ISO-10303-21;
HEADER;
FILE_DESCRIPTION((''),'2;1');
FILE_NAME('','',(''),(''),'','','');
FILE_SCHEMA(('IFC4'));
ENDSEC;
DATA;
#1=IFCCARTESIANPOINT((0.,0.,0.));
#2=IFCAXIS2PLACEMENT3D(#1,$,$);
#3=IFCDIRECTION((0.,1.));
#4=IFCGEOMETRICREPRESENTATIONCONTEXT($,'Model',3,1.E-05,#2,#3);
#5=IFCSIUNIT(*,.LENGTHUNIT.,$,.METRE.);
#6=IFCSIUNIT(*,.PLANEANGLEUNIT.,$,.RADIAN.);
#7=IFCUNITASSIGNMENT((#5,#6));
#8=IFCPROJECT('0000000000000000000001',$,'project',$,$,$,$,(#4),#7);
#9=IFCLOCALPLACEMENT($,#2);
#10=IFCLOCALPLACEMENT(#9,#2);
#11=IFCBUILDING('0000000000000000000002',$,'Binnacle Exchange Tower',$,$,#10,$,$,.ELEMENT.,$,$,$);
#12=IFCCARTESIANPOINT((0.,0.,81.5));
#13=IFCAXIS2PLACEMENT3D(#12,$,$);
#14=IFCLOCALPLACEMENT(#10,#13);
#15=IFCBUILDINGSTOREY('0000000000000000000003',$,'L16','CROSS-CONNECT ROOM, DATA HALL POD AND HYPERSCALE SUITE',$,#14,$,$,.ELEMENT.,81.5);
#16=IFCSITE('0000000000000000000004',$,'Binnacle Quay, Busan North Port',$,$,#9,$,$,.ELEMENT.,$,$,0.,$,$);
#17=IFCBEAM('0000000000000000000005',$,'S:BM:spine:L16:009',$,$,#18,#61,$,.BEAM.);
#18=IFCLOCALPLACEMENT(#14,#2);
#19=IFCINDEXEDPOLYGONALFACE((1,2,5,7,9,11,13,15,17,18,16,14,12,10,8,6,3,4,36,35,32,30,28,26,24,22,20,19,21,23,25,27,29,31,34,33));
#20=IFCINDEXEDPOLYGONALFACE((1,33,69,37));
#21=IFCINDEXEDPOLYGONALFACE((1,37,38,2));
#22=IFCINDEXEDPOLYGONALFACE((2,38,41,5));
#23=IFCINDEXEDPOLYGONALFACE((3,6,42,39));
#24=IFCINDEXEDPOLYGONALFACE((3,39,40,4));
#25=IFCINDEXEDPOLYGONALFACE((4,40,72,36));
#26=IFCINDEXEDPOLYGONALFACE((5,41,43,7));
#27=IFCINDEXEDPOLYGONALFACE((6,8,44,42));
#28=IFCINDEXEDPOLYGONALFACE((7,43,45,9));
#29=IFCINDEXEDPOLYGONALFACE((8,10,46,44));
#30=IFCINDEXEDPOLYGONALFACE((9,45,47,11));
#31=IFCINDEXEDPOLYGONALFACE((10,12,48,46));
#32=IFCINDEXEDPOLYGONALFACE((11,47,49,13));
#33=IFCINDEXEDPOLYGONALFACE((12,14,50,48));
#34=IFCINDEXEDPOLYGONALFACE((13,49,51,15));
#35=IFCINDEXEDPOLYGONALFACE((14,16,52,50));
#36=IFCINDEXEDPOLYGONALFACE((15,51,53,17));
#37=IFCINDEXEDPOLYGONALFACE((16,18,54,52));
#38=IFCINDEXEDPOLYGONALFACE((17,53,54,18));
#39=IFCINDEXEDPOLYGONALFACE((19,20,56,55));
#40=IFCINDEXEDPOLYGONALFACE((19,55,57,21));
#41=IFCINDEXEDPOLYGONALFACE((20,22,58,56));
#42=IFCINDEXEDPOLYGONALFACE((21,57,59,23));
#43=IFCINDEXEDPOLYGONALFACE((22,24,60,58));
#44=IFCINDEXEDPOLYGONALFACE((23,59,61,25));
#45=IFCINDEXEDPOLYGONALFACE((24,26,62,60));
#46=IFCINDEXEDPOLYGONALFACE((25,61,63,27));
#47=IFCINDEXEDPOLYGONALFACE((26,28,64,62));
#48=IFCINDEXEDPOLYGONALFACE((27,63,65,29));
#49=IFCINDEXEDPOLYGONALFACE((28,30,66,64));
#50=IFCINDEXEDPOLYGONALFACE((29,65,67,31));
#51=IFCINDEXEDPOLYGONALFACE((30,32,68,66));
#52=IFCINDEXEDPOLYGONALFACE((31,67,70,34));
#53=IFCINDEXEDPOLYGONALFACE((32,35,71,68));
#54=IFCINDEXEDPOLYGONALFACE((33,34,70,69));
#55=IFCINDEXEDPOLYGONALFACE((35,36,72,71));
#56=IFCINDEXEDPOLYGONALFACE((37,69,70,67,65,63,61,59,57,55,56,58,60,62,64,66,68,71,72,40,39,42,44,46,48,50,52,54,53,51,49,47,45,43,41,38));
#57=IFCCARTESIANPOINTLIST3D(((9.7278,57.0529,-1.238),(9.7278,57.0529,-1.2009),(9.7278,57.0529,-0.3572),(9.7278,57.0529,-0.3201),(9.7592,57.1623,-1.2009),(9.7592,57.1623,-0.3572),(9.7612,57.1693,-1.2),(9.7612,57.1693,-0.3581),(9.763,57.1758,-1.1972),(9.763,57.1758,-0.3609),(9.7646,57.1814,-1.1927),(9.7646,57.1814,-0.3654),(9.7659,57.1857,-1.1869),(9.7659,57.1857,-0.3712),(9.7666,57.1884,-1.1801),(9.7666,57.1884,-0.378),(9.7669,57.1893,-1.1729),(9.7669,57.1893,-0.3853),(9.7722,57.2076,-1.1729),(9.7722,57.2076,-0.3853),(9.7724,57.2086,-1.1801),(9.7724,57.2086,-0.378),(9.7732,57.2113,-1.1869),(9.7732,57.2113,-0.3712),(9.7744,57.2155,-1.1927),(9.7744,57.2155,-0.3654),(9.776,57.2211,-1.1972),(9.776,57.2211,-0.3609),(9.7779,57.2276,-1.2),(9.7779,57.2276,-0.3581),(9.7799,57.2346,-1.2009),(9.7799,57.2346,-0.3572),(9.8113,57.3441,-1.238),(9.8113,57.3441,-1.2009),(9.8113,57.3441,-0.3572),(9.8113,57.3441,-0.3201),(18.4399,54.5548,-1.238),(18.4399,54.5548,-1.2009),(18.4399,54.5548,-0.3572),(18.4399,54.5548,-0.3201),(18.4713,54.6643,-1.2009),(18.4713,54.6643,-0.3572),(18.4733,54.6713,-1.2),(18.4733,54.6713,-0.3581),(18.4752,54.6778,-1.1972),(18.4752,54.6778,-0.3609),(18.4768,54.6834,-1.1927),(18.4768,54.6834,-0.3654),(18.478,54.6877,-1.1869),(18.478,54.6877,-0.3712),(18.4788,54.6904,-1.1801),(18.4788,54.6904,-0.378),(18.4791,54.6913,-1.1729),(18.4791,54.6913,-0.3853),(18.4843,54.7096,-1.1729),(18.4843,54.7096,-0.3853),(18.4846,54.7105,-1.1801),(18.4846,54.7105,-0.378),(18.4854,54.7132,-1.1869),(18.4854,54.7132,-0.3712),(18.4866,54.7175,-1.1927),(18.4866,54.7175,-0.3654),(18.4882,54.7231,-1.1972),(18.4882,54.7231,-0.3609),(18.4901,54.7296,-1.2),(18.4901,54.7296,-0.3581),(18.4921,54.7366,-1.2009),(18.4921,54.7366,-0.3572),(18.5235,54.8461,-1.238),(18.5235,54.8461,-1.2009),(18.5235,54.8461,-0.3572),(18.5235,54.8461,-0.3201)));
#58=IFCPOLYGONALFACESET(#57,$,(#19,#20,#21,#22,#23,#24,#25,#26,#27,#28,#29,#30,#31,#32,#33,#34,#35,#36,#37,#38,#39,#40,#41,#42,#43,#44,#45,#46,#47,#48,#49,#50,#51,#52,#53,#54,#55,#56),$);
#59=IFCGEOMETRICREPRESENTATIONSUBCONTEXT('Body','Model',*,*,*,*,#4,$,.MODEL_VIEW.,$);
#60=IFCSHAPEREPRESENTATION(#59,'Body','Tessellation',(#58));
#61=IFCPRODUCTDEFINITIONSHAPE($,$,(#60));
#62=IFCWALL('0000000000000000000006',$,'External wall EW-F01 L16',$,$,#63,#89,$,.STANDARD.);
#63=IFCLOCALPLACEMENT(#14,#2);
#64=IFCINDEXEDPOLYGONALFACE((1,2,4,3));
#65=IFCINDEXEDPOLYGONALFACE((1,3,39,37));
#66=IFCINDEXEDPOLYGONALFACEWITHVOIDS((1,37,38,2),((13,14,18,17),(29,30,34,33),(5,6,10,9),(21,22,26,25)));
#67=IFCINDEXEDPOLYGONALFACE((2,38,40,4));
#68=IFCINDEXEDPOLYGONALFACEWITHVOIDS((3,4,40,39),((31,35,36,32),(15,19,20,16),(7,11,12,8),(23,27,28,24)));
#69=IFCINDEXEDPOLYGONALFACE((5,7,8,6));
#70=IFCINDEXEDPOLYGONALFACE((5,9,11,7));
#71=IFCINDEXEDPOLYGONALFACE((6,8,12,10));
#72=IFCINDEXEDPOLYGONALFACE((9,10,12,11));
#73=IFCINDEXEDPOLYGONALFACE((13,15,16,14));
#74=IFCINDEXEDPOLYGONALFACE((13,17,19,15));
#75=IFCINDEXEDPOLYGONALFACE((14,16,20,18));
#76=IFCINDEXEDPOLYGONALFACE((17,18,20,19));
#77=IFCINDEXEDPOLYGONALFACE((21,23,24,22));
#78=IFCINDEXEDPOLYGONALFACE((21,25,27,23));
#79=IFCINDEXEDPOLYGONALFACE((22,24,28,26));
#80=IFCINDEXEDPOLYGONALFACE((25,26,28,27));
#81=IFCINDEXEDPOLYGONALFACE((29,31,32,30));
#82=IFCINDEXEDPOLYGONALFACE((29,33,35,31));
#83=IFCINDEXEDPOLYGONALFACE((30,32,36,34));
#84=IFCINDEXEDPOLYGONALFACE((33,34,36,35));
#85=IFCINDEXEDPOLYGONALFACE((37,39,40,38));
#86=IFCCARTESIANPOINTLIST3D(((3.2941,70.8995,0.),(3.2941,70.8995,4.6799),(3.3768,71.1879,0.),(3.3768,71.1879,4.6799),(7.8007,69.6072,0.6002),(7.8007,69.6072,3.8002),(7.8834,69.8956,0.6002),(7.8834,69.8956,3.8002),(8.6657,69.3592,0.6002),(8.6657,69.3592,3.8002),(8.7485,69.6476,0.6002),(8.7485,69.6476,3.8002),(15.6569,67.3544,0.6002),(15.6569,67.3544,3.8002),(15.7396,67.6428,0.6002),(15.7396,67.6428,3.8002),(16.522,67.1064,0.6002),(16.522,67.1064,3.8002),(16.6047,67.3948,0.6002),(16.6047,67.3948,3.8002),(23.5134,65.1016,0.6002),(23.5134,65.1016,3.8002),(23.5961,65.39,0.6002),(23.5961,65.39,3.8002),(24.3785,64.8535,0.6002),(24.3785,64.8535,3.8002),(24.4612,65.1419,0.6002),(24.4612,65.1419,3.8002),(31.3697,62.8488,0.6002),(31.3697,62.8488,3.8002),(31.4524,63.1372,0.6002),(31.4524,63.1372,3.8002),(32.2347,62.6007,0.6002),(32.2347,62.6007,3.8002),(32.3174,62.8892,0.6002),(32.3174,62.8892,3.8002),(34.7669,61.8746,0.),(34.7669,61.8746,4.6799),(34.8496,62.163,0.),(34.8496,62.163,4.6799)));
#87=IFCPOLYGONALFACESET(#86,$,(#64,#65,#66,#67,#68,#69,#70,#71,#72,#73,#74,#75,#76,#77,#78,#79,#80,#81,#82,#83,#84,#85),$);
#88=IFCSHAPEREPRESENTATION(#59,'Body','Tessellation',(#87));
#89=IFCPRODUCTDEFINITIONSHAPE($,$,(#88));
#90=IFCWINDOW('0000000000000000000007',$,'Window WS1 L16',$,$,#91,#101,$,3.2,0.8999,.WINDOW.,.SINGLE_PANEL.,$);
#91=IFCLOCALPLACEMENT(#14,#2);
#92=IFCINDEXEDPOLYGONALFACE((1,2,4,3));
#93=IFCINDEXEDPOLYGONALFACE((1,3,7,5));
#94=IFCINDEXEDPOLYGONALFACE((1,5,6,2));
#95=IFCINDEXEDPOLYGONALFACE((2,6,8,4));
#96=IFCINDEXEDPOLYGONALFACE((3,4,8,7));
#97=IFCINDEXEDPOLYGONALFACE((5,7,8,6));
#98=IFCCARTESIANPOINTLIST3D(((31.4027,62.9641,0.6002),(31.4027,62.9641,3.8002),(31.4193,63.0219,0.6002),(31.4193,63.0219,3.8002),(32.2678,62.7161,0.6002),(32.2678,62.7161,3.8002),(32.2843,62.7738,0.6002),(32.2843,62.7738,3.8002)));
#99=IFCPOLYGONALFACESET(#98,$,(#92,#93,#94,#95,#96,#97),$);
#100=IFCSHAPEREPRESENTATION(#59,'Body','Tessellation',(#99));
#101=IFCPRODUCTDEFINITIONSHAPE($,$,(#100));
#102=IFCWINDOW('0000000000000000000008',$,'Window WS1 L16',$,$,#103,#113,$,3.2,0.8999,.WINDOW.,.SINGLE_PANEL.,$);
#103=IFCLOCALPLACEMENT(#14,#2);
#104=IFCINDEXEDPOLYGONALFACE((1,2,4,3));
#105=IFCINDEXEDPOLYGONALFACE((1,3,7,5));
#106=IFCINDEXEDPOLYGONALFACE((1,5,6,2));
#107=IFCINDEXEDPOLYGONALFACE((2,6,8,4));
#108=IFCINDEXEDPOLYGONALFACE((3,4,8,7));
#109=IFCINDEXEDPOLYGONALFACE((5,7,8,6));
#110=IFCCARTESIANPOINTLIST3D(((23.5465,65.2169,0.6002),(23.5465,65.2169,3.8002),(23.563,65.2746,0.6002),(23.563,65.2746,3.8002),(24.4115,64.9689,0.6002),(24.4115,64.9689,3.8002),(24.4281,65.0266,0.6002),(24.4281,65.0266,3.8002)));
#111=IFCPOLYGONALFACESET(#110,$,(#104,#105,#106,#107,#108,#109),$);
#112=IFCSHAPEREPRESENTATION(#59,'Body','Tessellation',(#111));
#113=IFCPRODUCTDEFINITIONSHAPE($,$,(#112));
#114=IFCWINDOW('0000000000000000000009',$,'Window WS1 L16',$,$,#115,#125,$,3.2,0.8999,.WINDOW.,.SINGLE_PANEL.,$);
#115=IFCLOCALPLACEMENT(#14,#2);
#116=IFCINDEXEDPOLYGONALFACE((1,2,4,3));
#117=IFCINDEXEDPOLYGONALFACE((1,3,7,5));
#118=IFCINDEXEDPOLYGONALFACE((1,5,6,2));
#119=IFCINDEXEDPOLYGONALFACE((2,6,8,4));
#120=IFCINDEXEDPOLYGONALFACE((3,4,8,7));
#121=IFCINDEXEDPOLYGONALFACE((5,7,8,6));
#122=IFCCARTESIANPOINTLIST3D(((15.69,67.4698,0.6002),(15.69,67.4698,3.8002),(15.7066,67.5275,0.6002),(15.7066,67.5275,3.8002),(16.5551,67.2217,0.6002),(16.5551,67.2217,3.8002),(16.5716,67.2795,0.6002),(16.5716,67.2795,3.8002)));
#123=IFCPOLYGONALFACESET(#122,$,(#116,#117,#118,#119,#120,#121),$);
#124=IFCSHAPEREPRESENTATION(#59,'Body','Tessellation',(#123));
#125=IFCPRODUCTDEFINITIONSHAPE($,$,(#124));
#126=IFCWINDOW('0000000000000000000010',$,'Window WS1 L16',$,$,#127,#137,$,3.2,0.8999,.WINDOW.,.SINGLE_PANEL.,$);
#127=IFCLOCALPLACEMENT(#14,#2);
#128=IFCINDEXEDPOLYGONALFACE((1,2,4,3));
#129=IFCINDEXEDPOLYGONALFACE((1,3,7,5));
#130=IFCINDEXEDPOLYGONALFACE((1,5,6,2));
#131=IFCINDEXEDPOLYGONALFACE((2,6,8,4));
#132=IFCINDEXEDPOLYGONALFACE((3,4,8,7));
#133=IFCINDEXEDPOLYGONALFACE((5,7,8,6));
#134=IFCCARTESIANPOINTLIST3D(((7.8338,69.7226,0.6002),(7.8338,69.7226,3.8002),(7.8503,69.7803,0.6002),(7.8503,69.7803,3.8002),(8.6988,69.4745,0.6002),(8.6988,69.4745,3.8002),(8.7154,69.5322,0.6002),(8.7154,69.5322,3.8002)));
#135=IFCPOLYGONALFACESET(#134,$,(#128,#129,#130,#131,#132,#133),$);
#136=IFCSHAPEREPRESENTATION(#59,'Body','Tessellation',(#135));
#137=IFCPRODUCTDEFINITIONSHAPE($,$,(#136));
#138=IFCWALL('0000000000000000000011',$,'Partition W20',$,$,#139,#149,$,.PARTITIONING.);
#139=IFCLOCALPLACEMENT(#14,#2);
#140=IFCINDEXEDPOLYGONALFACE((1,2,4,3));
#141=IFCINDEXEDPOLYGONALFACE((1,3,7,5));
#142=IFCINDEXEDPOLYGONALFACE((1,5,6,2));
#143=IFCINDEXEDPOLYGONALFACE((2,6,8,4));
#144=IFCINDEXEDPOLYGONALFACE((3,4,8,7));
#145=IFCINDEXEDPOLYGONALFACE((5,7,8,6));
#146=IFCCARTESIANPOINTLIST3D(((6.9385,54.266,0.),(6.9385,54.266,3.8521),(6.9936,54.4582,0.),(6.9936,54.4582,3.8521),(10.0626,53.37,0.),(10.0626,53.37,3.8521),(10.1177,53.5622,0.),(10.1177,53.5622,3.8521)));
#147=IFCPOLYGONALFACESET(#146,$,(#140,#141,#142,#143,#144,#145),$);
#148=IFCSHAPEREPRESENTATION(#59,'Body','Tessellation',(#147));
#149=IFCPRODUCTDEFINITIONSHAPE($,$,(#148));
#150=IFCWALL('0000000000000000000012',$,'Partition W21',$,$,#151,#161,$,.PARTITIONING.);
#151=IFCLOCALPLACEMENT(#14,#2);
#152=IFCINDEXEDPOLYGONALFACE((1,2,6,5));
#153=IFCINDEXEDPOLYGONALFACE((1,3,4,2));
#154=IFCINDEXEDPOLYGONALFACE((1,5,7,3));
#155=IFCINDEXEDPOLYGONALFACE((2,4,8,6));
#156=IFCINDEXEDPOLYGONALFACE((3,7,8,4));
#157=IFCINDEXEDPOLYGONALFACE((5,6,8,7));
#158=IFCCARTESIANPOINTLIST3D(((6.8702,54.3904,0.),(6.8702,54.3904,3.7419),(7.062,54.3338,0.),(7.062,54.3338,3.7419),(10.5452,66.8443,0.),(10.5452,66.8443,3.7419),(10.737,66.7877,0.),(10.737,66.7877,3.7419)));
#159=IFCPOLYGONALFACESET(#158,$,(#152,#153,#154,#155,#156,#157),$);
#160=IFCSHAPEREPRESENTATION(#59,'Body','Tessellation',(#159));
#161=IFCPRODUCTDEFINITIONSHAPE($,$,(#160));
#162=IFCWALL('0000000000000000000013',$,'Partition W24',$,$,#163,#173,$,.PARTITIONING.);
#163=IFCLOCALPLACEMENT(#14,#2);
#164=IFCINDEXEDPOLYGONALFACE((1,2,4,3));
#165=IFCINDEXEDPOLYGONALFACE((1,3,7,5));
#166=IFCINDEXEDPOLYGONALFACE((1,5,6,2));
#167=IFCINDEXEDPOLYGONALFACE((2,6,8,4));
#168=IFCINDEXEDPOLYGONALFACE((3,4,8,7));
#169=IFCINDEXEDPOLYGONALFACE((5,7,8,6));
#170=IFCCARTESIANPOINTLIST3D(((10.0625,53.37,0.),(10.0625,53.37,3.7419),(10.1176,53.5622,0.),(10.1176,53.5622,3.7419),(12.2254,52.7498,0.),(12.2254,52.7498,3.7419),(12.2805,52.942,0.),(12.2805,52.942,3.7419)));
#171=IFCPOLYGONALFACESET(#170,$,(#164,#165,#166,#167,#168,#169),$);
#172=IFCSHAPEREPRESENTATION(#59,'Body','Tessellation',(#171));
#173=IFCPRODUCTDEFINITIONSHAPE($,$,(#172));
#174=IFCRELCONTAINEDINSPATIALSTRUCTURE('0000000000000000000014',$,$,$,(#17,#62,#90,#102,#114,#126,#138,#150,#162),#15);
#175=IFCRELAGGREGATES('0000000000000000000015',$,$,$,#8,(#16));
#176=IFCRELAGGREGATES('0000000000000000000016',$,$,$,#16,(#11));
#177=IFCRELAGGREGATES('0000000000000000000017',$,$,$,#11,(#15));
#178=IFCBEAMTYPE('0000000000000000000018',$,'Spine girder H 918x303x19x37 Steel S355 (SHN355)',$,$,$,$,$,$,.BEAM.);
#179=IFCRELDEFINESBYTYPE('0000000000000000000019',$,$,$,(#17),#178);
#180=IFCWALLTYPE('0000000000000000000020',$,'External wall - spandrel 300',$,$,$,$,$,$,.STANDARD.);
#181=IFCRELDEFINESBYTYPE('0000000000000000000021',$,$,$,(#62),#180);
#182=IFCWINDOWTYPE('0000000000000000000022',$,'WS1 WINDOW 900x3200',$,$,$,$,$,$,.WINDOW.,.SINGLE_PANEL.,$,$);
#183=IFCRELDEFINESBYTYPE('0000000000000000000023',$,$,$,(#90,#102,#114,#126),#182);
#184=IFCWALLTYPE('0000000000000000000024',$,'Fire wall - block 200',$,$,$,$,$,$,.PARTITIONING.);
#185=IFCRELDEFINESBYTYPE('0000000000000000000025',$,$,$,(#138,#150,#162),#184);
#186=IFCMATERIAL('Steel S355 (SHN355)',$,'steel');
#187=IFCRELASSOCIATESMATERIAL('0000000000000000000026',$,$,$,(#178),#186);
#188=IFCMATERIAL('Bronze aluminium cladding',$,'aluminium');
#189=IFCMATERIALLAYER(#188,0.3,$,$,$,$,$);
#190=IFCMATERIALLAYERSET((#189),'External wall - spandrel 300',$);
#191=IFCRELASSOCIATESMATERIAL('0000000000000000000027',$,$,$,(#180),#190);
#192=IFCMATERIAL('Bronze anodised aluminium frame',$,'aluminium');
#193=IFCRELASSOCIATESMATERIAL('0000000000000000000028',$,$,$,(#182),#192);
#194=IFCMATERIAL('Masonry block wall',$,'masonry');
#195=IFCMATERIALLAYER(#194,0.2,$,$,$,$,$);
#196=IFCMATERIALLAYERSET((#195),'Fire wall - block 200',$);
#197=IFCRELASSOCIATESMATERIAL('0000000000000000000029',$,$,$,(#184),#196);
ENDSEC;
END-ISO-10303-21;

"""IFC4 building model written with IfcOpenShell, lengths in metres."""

from ifc_helpers import new_model, si_unit, direction, frame, frame_2d, origin, origin_2d, place, context, subcontext, project, spatial, rectangle, i_section, extrude, material, layer, layer_set, material_profile, profile_set, type_object, element, fill, save


model = new_model("IFC4")

# Units and contexts
model_context = context("Model", 3, precision=1e-05, world=origin(), true_north=direction((0.0, 1.0)))
body_context = subcontext(model_context, "Body", "Model", "MODEL_VIEW")
ifc_project = project(units=[si_unit("LENGTHUNIT", "METRE"), si_unit("PLANEANGLEUNIT", "RADIAN")], contexts=[model_context])

# Site, building, storey
site_placement = place(None, origin())
site = spatial("IfcSite", under=ifc_project, at=site_placement, Name="Binnacle Quay, Busan North Port", CompositionType="ELEMENT", RefElevation=0.0)
building_placement = place(site_placement, origin())
building = spatial("IfcBuilding", under=site, at=building_placement, Name="Binnacle Exchange Tower", CompositionType="ELEMENT")
storey_placement = place(building_placement, frame((0.0, 0.0, 81.5)))
storey = spatial("IfcBuildingStorey", under=building, at=storey_placement, Name="L16", Description="CROSS-CONNECT ROOM, DATA HALL POD AND HYPERSCALE SUITE", CompositionType="ELEMENT", Elevation=81.5)

# Beam
ifc_material_1 = material(Name="Steel S355 (SHN355)", Category="steel")
ifc_material_profile_1 = material_profile(ifc_material_1, i_section(OverallWidth=0.303, OverallDepth=0.918, WebThickness=0.019, FlangeThickness=0.0371, FilletRadius=0.0281, at=origin_2d()), Name="H 918x303x19x37")
ifc_profile_set_1 = profile_set([ifc_material_profile_1], Name="Steel S355 (SHN355)")
beam_type_1 = type_object("IfcBeamType", Name="Spine girder H 918x303x19x37 Steel S355 (SHN355)", PredefinedType="BEAM", material=ifc_profile_set_1)
beam_1_placement = place(storey_placement, frame((9.7695, 57.1985, -0.7791), z_axis=(0.961265, -0.275625, 0.0), x_axis=(0.275625, 0.961265, 0.0)))
element("IfcBeam", 1, at=beam_1_placement, inside=storey, type_object=beam_type_1, Name="S:BM:spine:L16:009", PredefinedType="BEAM", context=body_context, shape_type="SweptSolid", body=[
    extrude(i_section(OverallWidth=0.303, OverallDepth=0.918, WebThickness=0.019, FlangeThickness=0.0371, FilletRadius=0.0281, at=origin_2d()), origin(), (0.0, 0.0, 1.0), 9.0632),
])

# Wall, openings, windows
ifc_material_2 = material(Name="Bronze aluminium cladding", Category="aluminium")
ifc_layer_1 = layer(ifc_material_2, 0.3)
ifc_layer_set_1 = layer_set([ifc_layer_1], Name="External wall - spandrel 300")
wall_type_1 = type_object("IfcWallType", Name="External wall - spandrel 300", PredefinedType="STANDARD", material=ifc_layer_set_1)
wall_1_placement = place(storey_placement, frame((3.3354, 71.0437, 0.0), z_axis=(0.0, 0.0, 1.0), x_axis=(0.96126, -0.275643, 0.0)))
wall_1 = element("IfcWall", 2, at=wall_1_placement, inside=storey, type_object=wall_type_1, Name="External wall EW-F01 L16", PredefinedType="STANDARD", context=body_context, shape_type="SweptSolid", body=[
    extrude(rectangle(XDim=32.7412, YDim=0.3, at=frame_2d((16.3706, 0.0))), origin(), (0.0, 0.0, 1.0), 4.6799),
])
opening_1_placement = place(wall_1_placement, frame((29.207, 0.0, 0.6001)))
opening_1 = element("IfcOpeningElement", 3, at=opening_1_placement, cuts=wall_1, PredefinedType="OPENING", context=body_context, shape_type="SweptSolid", body=[
    extrude(rectangle(XDim=0.8999, YDim=3.2, at=frame_2d((0.45, 1.6001))), frame((0.0, 0.1599, 0.0), z_axis=(0.0, -1.0, 0.0), x_axis=(1.0, 0.0, 0.0)), (0.0, 0.0, 1.0), 0.3201),
])
opening_2_placement = place(wall_1_placement, frame((21.0342, 0.0, 0.6001)))
opening_2 = element("IfcOpeningElement", 4, at=opening_2_placement, cuts=wall_1, PredefinedType="OPENING", context=body_context, shape_type="SweptSolid", body=[
    extrude(rectangle(XDim=0.8999, YDim=3.2, at=frame_2d((0.45, 1.6001))), frame((0.0, 0.1599, 0.0), z_axis=(0.0, -1.0, 0.0), x_axis=(1.0, 0.0, 0.0)), (0.0, 0.0, 1.0), 0.3201),
])
opening_3_placement = place(wall_1_placement, frame((12.8611, 0.0, 0.6001)))
opening_3 = element("IfcOpeningElement", 5, at=opening_3_placement, cuts=wall_1, PredefinedType="OPENING", context=body_context, shape_type="SweptSolid", body=[
    extrude(rectangle(XDim=0.8999, YDim=3.2, at=frame_2d((0.45, 1.6001))), frame((0.0, 0.1599, 0.0), z_axis=(0.0, -1.0, 0.0), x_axis=(1.0, 0.0, 0.0)), (0.0, 0.0, 1.0), 0.3201),
])
opening_4_placement = place(wall_1_placement, frame((4.6882, 0.0, 0.6001)))
opening_4 = element("IfcOpeningElement", 6, at=opening_4_placement, cuts=wall_1, PredefinedType="OPENING", context=body_context, shape_type="SweptSolid", body=[
    extrude(rectangle(XDim=0.8999, YDim=3.2, at=frame_2d((0.45, 1.6001))), frame((0.0, 0.1599, 0.0), z_axis=(0.0, -1.0, 0.0), x_axis=(1.0, 0.0, 0.0)), (0.0, 0.0, 1.0), 0.3201),
])
ifc_material_3 = material(Name="Bronze anodised aluminium frame", Category="aluminium")
window_type = type_object("IfcWindowType", Name="WS1 WINDOW 900x3200", PartitioningType="SINGLE_PANEL", PredefinedType="WINDOW", material=ifc_material_3)
window_1_placement = place(opening_1_placement, origin())
window_1 = element("IfcWindow", 7, at=window_1_placement, inside=storey, type_object=window_type, Name="Window WS1 L16", OverallHeight=3.2, OverallWidth=0.8999, PartitioningType="SINGLE_PANEL", PredefinedType="WINDOW", context=body_context, shape_type="SweptSolid", body=[
    extrude(rectangle(XDim=0.8999, YDim=3.2, at=frame_2d((0.45, 1.6001))), frame((0.0, 0.03, 0.0), z_axis=(0.0, -1.0, 0.0), x_axis=(1.0, 0.0, 0.0)), (0.0, 0.0, 1.0), 0.0601),
])
fill(opening_1, window_1)
window_2_placement = place(opening_2_placement, origin())
window_2 = element("IfcWindow", 8, at=window_2_placement, inside=storey, type_object=window_type, Name="Window WS1 L16", OverallHeight=3.2, OverallWidth=0.8999, PartitioningType="SINGLE_PANEL", PredefinedType="WINDOW", context=body_context, shape_type="SweptSolid", body=[
    extrude(rectangle(XDim=0.8999, YDim=3.2, at=frame_2d((0.45, 1.6001))), frame((0.0, 0.03, 0.0), z_axis=(0.0, -1.0, 0.0), x_axis=(1.0, 0.0, 0.0)), (0.0, 0.0, 1.0), 0.0601),
])
fill(opening_2, window_2)
window_3_placement = place(opening_3_placement, origin())
window_3 = element("IfcWindow", 9, at=window_3_placement, inside=storey, type_object=window_type, Name="Window WS1 L16", OverallHeight=3.2, OverallWidth=0.8999, PartitioningType="SINGLE_PANEL", PredefinedType="WINDOW", context=body_context, shape_type="SweptSolid", body=[
    extrude(rectangle(XDim=0.8999, YDim=3.2, at=frame_2d((0.45, 1.6001))), frame((0.0, 0.03, 0.0), z_axis=(0.0, -1.0, 0.0), x_axis=(1.0, 0.0, 0.0)), (0.0, 0.0, 1.0), 0.0601),
])
fill(opening_3, window_3)
window_4_placement = place(opening_4_placement, origin())
window_4 = element("IfcWindow", 10, at=window_4_placement, inside=storey, type_object=window_type, Name="Window WS1 L16", OverallHeight=3.2, OverallWidth=0.8999, PartitioningType="SINGLE_PANEL", PredefinedType="WINDOW", context=body_context, shape_type="SweptSolid", body=[
    extrude(rectangle(XDim=0.8999, YDim=3.2, at=frame_2d((0.45, 1.6001))), frame((0.0, 0.03, 0.0), z_axis=(0.0, -1.0, 0.0), x_axis=(1.0, 0.0, 0.0)), (0.0, 0.0, 1.0), 0.0601),
])
fill(opening_4, window_4)

# Walls
ifc_material_4 = material(Name="Masonry block wall", Category="masonry")
ifc_layer_2 = layer(ifc_material_4, 0.2)
ifc_layer_set_2 = layer_set([ifc_layer_2], Name="Fire wall - block 200")
wall_type_2 = type_object("IfcWallType", Name="Fire wall - block 200", PredefinedType="PARTITIONING", material=ifc_layer_set_2)
wall_2_placement = place(storey_placement, frame((6.9661, 54.3621, 0.0), z_axis=(0.0, 0.0, 1.0), x_axis=(0.961246, -0.275693, 0.0)))
element("IfcWall", 11, at=wall_2_placement, inside=storey, type_object=wall_type_2, Name="Partition W20", PredefinedType="PARTITIONING", context=body_context, shape_type="SweptSolid", body=[
    extrude(rectangle(XDim=3.25, YDim=0.2, at=frame_2d((1.625, 0.0))), origin(), (0.0, 0.0, 1.0), 3.8521),
])
wall_3_placement = place(storey_placement, frame((6.9661, 54.3621, 0.0), z_axis=(0.0, 0.0, 1.0), x_axis=(0.283027, 0.959112, 0.0)))
element("IfcWall", 12, at=wall_3_placement, inside=storey, type_object=wall_type_2, Name="Partition W21", PredefinedType="PARTITIONING", context=body_context, shape_type="SweptSolid", body=[
    extrude(rectangle(XDim=12.9849, YDim=0.2, at=frame_2d((6.4924, 0.0))), origin(), (0.0, 0.0, 1.0), 3.7419),
])
wall_4_placement = place(storey_placement, frame((10.0901, 53.4661, 0.0), z_axis=(0.0, 0.0, 1.0), x_axis=(0.96127, -0.27561, 0.0)))
element("IfcWall", 13, at=wall_4_placement, inside=storey, type_object=wall_type_2, Name="Partition W24", PredefinedType="PARTITIONING", context=body_context, shape_type="SweptSolid", body=[
    extrude(rectangle(XDim=2.25, YDim=0.2, at=frame_2d((1.125, 0.0))), origin(), (0.0, 0.0, 1.0), 3.7419),
])

save(model, "model.ifc")
